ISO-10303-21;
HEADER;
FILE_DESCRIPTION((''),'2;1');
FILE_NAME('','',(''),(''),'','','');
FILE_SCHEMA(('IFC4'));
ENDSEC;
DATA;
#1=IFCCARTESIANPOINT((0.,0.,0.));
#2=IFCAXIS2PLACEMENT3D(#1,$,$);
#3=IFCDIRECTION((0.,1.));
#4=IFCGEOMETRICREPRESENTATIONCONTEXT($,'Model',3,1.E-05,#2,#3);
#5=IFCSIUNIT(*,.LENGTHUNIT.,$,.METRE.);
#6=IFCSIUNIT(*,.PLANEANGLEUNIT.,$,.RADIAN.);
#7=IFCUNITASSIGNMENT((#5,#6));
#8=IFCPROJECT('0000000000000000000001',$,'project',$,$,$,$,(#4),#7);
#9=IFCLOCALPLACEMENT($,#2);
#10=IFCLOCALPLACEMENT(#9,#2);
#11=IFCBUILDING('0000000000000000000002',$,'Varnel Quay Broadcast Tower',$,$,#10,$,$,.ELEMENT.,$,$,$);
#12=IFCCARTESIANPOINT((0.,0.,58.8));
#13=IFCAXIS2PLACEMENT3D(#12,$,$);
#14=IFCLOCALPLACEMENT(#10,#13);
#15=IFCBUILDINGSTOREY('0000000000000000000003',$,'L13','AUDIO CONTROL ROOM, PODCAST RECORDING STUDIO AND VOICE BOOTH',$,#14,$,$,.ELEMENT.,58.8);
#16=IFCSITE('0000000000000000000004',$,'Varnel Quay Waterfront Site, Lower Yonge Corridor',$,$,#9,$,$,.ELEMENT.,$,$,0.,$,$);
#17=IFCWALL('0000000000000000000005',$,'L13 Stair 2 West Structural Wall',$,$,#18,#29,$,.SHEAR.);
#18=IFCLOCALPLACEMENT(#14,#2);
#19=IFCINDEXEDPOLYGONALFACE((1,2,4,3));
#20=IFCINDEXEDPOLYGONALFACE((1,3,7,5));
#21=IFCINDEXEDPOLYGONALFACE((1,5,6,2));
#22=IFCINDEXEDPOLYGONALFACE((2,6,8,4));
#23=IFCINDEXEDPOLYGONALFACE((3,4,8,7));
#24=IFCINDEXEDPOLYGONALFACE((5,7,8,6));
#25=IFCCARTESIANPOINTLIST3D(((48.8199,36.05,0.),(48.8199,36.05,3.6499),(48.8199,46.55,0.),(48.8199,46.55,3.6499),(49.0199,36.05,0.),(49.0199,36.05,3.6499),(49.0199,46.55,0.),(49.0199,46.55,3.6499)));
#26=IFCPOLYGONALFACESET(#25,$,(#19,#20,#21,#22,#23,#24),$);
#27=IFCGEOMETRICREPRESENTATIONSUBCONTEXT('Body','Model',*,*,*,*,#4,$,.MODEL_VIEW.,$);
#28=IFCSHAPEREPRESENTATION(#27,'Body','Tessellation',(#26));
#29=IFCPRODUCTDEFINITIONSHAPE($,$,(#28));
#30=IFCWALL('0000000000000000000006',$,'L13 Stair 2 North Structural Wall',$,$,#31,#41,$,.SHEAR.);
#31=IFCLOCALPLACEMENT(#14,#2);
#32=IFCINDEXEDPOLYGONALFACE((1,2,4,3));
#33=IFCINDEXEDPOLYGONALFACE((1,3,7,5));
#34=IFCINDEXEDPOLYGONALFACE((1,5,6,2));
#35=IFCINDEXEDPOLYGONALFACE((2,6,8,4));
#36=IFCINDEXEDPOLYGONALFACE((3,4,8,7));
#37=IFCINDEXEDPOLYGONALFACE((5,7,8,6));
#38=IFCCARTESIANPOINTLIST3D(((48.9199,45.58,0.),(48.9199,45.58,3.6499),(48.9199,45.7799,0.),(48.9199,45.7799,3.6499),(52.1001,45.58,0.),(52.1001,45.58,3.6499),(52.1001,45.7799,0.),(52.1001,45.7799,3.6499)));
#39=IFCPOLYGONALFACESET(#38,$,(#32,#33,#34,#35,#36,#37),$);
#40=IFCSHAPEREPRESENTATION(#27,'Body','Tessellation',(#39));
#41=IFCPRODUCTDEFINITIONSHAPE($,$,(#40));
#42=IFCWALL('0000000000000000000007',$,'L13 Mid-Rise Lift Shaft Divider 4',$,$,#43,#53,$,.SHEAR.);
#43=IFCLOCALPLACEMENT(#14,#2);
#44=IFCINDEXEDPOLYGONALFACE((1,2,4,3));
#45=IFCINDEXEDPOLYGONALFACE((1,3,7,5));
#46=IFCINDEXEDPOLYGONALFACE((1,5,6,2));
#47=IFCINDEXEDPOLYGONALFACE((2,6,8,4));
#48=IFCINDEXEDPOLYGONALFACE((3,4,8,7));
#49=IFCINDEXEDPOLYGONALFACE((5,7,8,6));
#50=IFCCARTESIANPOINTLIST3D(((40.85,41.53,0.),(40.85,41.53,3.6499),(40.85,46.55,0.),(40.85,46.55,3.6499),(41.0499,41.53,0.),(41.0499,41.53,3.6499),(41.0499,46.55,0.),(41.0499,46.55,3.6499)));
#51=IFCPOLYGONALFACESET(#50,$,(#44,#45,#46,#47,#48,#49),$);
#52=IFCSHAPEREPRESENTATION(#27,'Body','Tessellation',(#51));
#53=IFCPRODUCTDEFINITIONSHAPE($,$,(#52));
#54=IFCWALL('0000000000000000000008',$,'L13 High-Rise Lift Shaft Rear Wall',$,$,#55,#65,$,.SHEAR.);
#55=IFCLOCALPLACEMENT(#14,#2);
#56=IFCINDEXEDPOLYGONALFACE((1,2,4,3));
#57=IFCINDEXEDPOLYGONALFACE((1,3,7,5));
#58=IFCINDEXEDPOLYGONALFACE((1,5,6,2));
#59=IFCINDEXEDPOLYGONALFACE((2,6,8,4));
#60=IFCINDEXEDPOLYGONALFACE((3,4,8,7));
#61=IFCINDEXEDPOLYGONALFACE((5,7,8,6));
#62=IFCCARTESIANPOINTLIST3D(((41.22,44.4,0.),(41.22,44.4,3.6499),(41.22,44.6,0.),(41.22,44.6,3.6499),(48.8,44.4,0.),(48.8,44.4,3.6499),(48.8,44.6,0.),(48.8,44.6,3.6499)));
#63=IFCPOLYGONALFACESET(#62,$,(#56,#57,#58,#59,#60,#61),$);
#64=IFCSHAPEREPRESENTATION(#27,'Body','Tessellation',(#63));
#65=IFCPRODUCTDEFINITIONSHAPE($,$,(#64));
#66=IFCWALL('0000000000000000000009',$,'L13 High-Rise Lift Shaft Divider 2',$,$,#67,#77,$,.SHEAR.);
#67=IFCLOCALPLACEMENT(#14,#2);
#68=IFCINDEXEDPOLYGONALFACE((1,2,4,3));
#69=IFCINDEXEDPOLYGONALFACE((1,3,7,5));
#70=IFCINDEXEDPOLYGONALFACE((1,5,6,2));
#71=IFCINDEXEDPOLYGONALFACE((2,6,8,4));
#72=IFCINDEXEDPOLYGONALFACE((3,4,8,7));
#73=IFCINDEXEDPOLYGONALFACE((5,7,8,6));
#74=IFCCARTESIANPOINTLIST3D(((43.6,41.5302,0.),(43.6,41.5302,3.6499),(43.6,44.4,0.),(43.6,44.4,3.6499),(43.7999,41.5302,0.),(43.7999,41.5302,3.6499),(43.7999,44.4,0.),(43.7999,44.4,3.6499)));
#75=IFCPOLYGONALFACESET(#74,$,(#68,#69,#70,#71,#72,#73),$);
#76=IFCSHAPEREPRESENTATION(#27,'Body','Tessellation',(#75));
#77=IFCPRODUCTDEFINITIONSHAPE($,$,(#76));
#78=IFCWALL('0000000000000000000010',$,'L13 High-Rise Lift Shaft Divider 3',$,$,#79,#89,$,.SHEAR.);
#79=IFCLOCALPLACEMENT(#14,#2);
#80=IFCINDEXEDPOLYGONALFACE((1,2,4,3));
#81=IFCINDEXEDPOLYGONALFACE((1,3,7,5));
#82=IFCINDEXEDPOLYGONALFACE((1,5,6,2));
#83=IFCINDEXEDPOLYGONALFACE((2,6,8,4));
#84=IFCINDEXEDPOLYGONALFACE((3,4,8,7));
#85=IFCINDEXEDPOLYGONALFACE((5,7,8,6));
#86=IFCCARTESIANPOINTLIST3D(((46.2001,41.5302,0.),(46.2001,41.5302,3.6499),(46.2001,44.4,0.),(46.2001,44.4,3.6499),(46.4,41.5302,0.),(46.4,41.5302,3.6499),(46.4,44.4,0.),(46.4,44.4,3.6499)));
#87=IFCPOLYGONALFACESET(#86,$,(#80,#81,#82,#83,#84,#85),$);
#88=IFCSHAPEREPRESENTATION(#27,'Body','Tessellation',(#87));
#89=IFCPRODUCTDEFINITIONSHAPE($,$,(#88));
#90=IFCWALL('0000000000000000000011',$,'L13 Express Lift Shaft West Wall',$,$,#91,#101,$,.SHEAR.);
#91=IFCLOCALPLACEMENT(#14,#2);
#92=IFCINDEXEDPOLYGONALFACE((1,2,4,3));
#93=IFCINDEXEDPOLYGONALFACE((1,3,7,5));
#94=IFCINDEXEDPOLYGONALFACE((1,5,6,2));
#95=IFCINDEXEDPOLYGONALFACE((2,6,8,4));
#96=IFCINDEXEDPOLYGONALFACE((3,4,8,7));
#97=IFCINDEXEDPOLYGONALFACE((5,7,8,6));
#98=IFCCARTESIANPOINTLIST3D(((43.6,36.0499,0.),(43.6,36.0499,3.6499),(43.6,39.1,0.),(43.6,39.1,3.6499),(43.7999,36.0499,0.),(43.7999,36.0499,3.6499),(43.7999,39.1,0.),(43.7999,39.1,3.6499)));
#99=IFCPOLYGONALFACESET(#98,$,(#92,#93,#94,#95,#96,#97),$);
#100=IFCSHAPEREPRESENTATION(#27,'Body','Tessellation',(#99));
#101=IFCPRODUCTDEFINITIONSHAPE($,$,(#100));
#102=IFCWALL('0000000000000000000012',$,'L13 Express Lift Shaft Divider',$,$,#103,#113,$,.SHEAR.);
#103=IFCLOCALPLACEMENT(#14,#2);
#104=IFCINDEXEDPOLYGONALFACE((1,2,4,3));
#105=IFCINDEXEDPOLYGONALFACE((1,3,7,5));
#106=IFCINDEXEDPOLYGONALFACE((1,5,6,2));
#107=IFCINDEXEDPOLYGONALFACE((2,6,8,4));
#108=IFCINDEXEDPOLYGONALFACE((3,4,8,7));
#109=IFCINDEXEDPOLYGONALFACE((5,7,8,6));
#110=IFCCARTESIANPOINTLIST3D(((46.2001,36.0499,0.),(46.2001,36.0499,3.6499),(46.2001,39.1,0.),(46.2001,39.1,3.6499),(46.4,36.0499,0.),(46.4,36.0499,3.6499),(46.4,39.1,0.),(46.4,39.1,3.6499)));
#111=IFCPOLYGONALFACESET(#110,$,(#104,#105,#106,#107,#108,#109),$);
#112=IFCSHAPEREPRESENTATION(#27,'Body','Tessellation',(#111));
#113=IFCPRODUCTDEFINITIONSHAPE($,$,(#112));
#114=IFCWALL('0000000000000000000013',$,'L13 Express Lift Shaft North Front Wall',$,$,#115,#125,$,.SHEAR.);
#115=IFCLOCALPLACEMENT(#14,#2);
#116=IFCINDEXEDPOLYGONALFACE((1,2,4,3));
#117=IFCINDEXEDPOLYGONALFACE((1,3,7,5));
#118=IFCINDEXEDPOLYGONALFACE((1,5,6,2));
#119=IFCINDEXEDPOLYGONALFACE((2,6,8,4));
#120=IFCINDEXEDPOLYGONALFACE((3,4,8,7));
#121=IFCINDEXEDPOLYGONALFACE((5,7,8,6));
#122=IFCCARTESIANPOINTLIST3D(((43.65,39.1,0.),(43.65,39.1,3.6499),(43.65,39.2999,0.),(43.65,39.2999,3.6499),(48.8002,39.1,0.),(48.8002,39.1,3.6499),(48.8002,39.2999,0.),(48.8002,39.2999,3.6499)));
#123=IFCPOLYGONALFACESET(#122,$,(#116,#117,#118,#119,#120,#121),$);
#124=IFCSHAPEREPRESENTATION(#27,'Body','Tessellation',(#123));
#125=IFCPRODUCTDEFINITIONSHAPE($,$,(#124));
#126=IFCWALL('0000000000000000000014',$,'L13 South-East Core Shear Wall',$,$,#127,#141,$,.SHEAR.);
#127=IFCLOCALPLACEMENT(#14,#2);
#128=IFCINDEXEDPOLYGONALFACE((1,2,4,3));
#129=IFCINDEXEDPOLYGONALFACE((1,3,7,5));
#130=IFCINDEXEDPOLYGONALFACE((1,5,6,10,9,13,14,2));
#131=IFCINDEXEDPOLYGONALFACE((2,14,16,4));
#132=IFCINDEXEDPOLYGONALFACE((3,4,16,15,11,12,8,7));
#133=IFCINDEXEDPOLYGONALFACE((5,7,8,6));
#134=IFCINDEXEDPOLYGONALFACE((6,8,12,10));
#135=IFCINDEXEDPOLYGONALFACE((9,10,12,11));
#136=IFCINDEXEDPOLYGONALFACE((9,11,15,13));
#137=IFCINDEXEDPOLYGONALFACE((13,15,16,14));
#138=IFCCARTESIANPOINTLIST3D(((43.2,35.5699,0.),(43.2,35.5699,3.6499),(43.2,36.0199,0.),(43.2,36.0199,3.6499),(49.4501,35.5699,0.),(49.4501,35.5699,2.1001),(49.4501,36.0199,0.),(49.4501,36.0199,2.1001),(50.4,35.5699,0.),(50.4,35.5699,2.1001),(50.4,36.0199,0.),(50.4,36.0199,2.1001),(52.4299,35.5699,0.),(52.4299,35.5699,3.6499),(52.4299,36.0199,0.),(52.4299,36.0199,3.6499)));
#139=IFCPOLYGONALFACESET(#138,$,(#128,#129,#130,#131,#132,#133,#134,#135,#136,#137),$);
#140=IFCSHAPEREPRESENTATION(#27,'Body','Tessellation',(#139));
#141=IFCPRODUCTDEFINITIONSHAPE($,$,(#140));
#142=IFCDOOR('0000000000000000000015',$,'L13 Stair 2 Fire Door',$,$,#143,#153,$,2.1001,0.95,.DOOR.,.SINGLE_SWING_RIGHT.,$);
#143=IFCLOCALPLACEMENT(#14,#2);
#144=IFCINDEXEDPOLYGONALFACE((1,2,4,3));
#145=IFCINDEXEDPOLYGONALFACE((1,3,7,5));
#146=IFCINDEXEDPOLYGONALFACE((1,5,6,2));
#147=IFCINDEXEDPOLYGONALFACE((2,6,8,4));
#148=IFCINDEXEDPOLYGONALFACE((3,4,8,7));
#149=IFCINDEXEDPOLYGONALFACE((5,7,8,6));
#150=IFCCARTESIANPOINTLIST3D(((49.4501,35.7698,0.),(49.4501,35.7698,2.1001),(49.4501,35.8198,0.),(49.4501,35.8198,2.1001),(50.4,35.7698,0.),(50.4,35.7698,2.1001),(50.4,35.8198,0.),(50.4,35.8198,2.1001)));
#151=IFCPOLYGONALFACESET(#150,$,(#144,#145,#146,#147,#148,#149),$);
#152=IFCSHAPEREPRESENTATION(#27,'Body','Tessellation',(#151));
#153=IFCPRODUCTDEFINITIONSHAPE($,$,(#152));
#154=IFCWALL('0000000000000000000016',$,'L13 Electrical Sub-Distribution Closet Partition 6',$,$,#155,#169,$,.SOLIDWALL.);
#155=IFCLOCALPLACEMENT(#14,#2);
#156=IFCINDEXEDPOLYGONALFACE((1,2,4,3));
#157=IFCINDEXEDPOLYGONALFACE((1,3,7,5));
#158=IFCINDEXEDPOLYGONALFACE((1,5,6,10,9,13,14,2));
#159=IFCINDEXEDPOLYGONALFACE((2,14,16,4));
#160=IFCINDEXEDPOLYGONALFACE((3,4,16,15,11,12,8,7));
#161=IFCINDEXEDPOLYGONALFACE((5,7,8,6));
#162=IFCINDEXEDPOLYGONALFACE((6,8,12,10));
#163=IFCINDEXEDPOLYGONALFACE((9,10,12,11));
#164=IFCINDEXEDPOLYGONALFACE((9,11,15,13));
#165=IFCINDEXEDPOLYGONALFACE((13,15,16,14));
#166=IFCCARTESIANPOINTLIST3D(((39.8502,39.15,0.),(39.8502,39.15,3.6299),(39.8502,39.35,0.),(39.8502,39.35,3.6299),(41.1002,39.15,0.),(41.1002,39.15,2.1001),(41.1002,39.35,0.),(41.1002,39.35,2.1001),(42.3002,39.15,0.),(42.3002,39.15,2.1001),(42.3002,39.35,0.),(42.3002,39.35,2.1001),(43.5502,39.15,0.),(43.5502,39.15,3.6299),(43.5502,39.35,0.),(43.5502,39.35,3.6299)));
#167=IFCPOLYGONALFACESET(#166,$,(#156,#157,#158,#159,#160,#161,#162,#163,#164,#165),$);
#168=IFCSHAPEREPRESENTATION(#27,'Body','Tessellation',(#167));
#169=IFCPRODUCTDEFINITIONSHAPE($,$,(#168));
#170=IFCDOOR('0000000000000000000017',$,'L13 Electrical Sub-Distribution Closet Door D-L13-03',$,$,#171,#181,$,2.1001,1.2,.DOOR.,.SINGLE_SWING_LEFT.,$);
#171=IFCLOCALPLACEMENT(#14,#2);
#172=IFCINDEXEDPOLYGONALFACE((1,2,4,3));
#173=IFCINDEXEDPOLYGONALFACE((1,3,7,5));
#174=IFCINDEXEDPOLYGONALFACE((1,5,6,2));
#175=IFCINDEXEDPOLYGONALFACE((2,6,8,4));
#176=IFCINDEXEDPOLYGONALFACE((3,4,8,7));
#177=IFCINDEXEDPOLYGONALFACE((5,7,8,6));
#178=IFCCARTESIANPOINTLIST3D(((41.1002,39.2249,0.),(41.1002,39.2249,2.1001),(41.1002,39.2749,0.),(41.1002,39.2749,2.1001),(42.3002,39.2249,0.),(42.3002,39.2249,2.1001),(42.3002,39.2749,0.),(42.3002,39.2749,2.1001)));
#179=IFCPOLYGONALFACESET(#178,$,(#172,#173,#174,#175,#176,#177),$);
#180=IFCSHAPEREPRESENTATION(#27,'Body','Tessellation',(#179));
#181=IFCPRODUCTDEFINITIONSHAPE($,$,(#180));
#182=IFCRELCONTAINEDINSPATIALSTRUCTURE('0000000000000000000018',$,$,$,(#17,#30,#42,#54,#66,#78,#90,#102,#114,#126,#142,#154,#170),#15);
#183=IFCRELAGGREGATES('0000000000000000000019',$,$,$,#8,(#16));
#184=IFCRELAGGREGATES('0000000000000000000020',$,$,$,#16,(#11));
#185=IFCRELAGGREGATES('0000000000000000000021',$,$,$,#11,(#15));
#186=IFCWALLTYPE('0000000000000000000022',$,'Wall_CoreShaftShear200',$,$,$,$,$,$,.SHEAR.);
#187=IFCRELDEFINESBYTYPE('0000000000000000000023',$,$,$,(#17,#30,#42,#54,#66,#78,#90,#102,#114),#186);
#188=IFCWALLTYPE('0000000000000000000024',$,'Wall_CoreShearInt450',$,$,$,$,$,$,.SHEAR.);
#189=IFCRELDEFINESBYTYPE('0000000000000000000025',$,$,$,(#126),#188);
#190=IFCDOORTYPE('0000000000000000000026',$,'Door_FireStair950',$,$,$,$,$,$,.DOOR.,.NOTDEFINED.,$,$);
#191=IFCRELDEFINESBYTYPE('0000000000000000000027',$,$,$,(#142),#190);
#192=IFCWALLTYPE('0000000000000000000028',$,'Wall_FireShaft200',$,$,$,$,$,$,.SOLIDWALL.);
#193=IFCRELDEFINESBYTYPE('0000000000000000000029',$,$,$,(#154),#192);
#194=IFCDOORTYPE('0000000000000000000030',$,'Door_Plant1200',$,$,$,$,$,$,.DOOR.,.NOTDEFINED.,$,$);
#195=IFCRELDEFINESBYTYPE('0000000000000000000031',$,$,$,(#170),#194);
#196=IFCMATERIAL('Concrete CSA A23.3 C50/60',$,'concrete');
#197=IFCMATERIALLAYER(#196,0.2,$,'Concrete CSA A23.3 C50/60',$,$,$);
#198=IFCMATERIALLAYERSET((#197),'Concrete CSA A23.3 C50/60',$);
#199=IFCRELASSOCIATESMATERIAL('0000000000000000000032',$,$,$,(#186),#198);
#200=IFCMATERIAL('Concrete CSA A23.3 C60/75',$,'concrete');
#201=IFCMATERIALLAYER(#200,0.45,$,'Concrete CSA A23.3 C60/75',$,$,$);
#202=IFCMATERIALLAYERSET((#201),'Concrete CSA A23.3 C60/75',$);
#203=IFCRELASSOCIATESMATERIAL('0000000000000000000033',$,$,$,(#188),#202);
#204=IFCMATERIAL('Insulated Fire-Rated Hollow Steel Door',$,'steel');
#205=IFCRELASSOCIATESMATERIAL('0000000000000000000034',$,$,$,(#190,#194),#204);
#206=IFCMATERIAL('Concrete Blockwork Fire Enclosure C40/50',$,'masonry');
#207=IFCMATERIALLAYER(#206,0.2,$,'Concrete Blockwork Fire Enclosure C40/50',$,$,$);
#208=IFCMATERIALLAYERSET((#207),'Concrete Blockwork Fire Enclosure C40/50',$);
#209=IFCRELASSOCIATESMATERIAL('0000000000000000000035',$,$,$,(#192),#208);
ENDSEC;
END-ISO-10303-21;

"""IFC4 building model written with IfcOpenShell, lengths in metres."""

from ifc_helpers import new_model, si_unit, direction, frame, frame_2d, origin, place, context, subcontext, project, spatial, rectangle, extrude, source, transform, mapped, material, layer, layer_set, type_object, type_shapes, element, fill, save


model = new_model("IFC4")

# Units and contexts
model_context = context("Model", 3, precision=1e-05, world=origin(), true_north=direction((0.0, 1.0)))
body_context = subcontext(model_context, "Body", "Model", "MODEL_VIEW")
ifc_project = project(units=[si_unit("LENGTHUNIT", "METRE"), si_unit("PLANEANGLEUNIT", "RADIAN")], contexts=[model_context])

# Site, building, storey
site_placement = place(None, origin())
site = spatial("IfcSite", under=ifc_project, at=site_placement, Name="Varnel Quay Waterfront Site, Lower Yonge Corridor", CompositionType="ELEMENT", RefElevation=0.0)
building_placement = place(site_placement, origin())
building = spatial("IfcBuilding", under=site, at=building_placement, Name="Varnel Quay Broadcast Tower", CompositionType="ELEMENT")
storey_placement = place(building_placement, frame((0.0, 0.0, 58.8)))
storey = spatial("IfcBuildingStorey", under=building, at=storey_placement, Name="L13", Description="AUDIO CONTROL ROOM, PODCAST RECORDING STUDIO AND VOICE BOOTH", CompositionType="ELEMENT", Elevation=58.8)

# Walls
ifc_material_1 = material(Name="Concrete CSA A23.3 C50/60", Category="concrete")
ifc_layer_1 = layer(ifc_material_1, 0.2, Name="Concrete CSA A23.3 C50/60")
ifc_layer_set_1 = layer_set([ifc_layer_1], Name="Concrete CSA A23.3 C50/60")
wall_type_1 = type_object("IfcWallType", Name="Wall_CoreShaftShear200", PredefinedType="SHEAR", material=ifc_layer_set_1)
wall_1_placement = place(storey_placement, frame((48.9199, 36.05, 0.0), z_axis=(0.0, 0.0, 1.0), x_axis=(0.0, 1.0, 0.0)))
element("IfcWall", 1, at=wall_1_placement, inside=storey, type_object=wall_type_1, Name="L13 Stair 2 West Structural Wall", PredefinedType="SHEAR", context=body_context, shape_type="SweptSolid", body=[
    extrude(rectangle(XDim=10.5, YDim=0.2, at=frame_2d((5.25, 0.0))), origin(), (0.0, 0.0, 1.0), 3.6499),
])
wall_2_placement = place(storey_placement, frame((48.9199, 45.6799, 0.0), z_axis=(0.0, 0.0, 1.0), x_axis=(1.0, 0.0, 0.0)))
element("IfcWall", 2, at=wall_2_placement, inside=storey, type_object=wall_type_1, Name="L13 Stair 2 North Structural Wall", PredefinedType="SHEAR", context=body_context, shape_type="SweptSolid", body=[
    extrude(rectangle(XDim=3.1802, YDim=0.2, at=frame_2d((1.5901, 0.0))), origin(), (0.0, 0.0, 1.0), 3.6499),
])
wall_3_placement = place(storey_placement, frame((40.95, 41.53, 0.0), z_axis=(0.0, 0.0, 1.0), x_axis=(0.0, 1.0, 0.0)))
element("IfcWall", 3, at=wall_3_placement, inside=storey, type_object=wall_type_1, Name="L13 Mid-Rise Lift Shaft Divider 4", PredefinedType="SHEAR", context=body_context, shape_type="SweptSolid", body=[
    extrude(rectangle(XDim=5.02, YDim=0.2, at=frame_2d((2.51, 0.0))), origin(), (0.0, 0.0, 1.0), 3.6499),
])
wall_4_placement = place(storey_placement, frame((41.22, 44.5, 0.0), z_axis=(0.0, 0.0, 1.0), x_axis=(1.0, 0.0, 0.0)))
element("IfcWall", 4, at=wall_4_placement, inside=storey, type_object=wall_type_1, Name="L13 High-Rise Lift Shaft Rear Wall", PredefinedType="SHEAR", context=body_context, shape_type="SweptSolid", body=[
    extrude(rectangle(XDim=7.5801, YDim=0.2, at=frame_2d((3.79, 0.0))), origin(), (0.0, 0.0, 1.0), 3.6499),
])
for number, where, z_axis, x_axis, name in (
    (5, (43.7, 41.53, 0.0), (0.0, 0.0, 1.0), (0.0, 1.0, 0.0), "L13 High-Rise Lift Shaft Divider 2"),
    (6, (46.3, 41.53, 0.0), (0.0, 0.0, 1.0), (0.0, 1.0, 0.0), "L13 High-Rise Lift Shaft Divider 3"),
):
    element("IfcWall", number, at=place(storey_placement, frame(where, z_axis=z_axis, x_axis=x_axis)), inside=storey, type_object=wall_type_1, Name=name, PredefinedType="SHEAR", context=body_context, shape_type="SweptSolid", body=[
        extrude(rectangle(XDim=2.8699, YDim=0.2, at=frame_2d((1.4351, 0.0))), origin(), (0.0, 0.0, 1.0), 3.6499),
    ])
for number, where, z_axis, x_axis, name in (
    (7, (43.7, 36.05, 0.0), (0.0, 0.0, 1.0), (0.0, 1.0, 0.0), "L13 Express Lift Shaft West Wall"),
    (8, (46.3, 36.05, 0.0), (0.0, 0.0, 1.0), (0.0, 1.0, 0.0), "L13 Express Lift Shaft Divider"),
):
    element("IfcWall", number, at=place(storey_placement, frame(where, z_axis=z_axis, x_axis=x_axis)), inside=storey, type_object=wall_type_1, Name=name, PredefinedType="SHEAR", context=body_context, shape_type="SweptSolid", body=[
        extrude(rectangle(XDim=3.05, YDim=0.2, at=frame_2d((1.5249, 0.0))), origin(), (0.0, 0.0, 1.0), 3.6499),
    ])
wall_5_placement = place(storey_placement, frame((43.6499, 39.2, 0.0), z_axis=(0.0, 0.0, 1.0), x_axis=(1.0, 0.0, 0.0)))
element("IfcWall", 9, at=wall_5_placement, inside=storey, type_object=wall_type_1, Name="L13 Express Lift Shaft North Front Wall", PredefinedType="SHEAR", context=body_context, shape_type="SweptSolid", body=[
    extrude(rectangle(XDim=5.1501, YDim=0.2, at=frame_2d((2.5752, 0.0))), origin(), (0.0, 0.0, 1.0), 3.6499),
])

# Walls, openings, doors
ifc_material_2 = material(Name="Concrete CSA A23.3 C60/75", Category="concrete")
ifc_layer_2 = layer(ifc_material_2, 0.45, Name="Concrete CSA A23.3 C60/75")
ifc_layer_set_2 = layer_set([ifc_layer_2], Name="Concrete CSA A23.3 C60/75")
wall_type_2 = type_object("IfcWallType", Name="Wall_CoreShearInt450", PredefinedType="SHEAR", material=ifc_layer_set_2)
wall_6_placement = place(storey_placement, frame((43.2, 35.7949, 0.0), z_axis=(0.0, 0.0, 1.0), x_axis=(1.0, 0.0, 0.0)))
wall_6 = element("IfcWall", 10, at=wall_6_placement, inside=storey, type_object=wall_type_2, Name="L13 South-East Core Shear Wall", PredefinedType="SHEAR", context=body_context, shape_type="SweptSolid", body=[
    extrude(rectangle(XDim=9.23, YDim=0.45, at=frame_2d((4.615, 0.0))), origin(), (0.0, 0.0, 1.0), 3.6499),
])
opening_1_placement = place(wall_6_placement, frame((6.25, 0.0, 0.0)))
opening_1 = element("IfcOpeningElement", 11, at=opening_1_placement, cuts=wall_6, PredefinedType="OPENING", context=body_context, shape_type="SweptSolid", body=[
    extrude(rectangle(XDim=0.95, YDim=2.1001, at=frame_2d((0.4751, 1.05))), frame((0.0, 0.2349, 0.0), z_axis=(0.0, -1.0, 0.0), x_axis=(1.0, 0.0, 0.0)), (0.0, 0.0, 1.0), 0.47),
])
ifc_material_3 = material(Name="Insulated Fire-Rated Hollow Steel Door", Category="steel")
door_type_1 = type_object("IfcDoorType", Name="Door_FireStair950", OperationType="NOTDEFINED", PredefinedType="DOOR", material=ifc_material_3)
shared_shape_1 = source(origin(), body_context, "Body", "SweptSolid", [
    extrude(rectangle(XDim=0.95, YDim=2.1001, at=frame_2d((0.4751, 1.05))), frame((0.0, 0.0249, 0.0), z_axis=(0.0, -1.0, 0.0), x_axis=(1.0, 0.0, 0.0)), (0.0, 0.0, 1.0), 0.05),
])
type_shapes(door_type_1, [shared_shape_1])
door_1_placement = place(opening_1_placement, origin())
door_1 = element("IfcDoor", 12, at=door_1_placement, inside=storey, type_object=door_type_1, Name="L13 Stair 2 Fire Door", OperationType="SINGLE_SWING_RIGHT", OverallHeight=2.1001, OverallWidth=0.95, PredefinedType="DOOR", context=body_context, shape_type="MappedRepresentation", body=[
    mapped(shared_shape_1, transform((0.0, 0.0, 0.0), x_axis=(1.0, 0.0, 0.0), y_axis=(0.0, 1.0, 0.0), z_axis=(0.0, 0.0, 1.0), scale=1.0)),
])
fill(opening_1, door_1)
ifc_material_4 = material(Name="Concrete Blockwork Fire Enclosure C40/50", Category="masonry")
ifc_layer_3 = layer(ifc_material_4, 0.2, Name="Concrete Blockwork Fire Enclosure C40/50")
ifc_layer_set_3 = layer_set([ifc_layer_3], Name="Concrete Blockwork Fire Enclosure C40/50")
wall_type_3 = type_object("IfcWallType", Name="Wall_FireShaft200", PredefinedType="SOLIDWALL", material=ifc_layer_set_3)
wall_7_placement = place(storey_placement, frame((39.8501, 39.25, 0.0), z_axis=(0.0, 0.0, 1.0), x_axis=(1.0, 0.0, 0.0)))
wall_7 = element("IfcWall", 13, at=wall_7_placement, inside=storey, type_object=wall_type_3, Name="L13 Electrical Sub-Distribution Closet Partition 6", PredefinedType="SOLIDWALL", context=body_context, shape_type="SweptSolid", body=[
    extrude(rectangle(XDim=3.7, YDim=0.2, at=frame_2d((1.8501, 0.0))), origin(), (0.0, 0.0, 1.0), 3.6299),
])
opening_2_placement = place(wall_7_placement, frame((1.25, 0.0, 0.0)))
opening_2 = element("IfcOpeningElement", 14, at=opening_2_placement, cuts=wall_7, PredefinedType="OPENING", context=body_context, shape_type="SweptSolid", body=[
    extrude(rectangle(XDim=1.2, YDim=2.1001, at=frame_2d((0.6001, 1.05))), frame((0.0, 0.1099, 0.0), z_axis=(0.0, -1.0, 0.0), x_axis=(1.0, 0.0, 0.0)), (0.0, 0.0, 1.0), 0.22),
])
door_type_2 = type_object("IfcDoorType", Name="Door_Plant1200", OperationType="NOTDEFINED", PredefinedType="DOOR", material=ifc_material_3)
shared_shape_2 = source(origin(), body_context, "Body", "SweptSolid", [
    extrude(rectangle(XDim=1.2, YDim=2.1001, at=frame_2d((0.6001, 1.05))), frame((0.0, 0.0249, 0.0), z_axis=(0.0, -1.0, 0.0), x_axis=(1.0, 0.0, 0.0)), (0.0, 0.0, 1.0), 0.05),
])
type_shapes(door_type_2, [shared_shape_2])
door_2_placement = place(opening_2_placement, origin())
door_2 = element("IfcDoor", 15, at=door_2_placement, inside=storey, type_object=door_type_2, Name="L13 Electrical Sub-Distribution Closet Door D-L13-03", OperationType="SINGLE_SWING_LEFT", OverallHeight=2.1001, OverallWidth=1.2, PredefinedType="DOOR", context=body_context, shape_type="MappedRepresentation", body=[
    mapped(shared_shape_2, transform((0.0, 0.0, 0.0), x_axis=(1.0, 0.0, 0.0), y_axis=(0.0, 1.0, 0.0), z_axis=(0.0, 0.0, 1.0), scale=1.0)),
])
fill(opening_2, door_2)

save(model, "model.ifc")
